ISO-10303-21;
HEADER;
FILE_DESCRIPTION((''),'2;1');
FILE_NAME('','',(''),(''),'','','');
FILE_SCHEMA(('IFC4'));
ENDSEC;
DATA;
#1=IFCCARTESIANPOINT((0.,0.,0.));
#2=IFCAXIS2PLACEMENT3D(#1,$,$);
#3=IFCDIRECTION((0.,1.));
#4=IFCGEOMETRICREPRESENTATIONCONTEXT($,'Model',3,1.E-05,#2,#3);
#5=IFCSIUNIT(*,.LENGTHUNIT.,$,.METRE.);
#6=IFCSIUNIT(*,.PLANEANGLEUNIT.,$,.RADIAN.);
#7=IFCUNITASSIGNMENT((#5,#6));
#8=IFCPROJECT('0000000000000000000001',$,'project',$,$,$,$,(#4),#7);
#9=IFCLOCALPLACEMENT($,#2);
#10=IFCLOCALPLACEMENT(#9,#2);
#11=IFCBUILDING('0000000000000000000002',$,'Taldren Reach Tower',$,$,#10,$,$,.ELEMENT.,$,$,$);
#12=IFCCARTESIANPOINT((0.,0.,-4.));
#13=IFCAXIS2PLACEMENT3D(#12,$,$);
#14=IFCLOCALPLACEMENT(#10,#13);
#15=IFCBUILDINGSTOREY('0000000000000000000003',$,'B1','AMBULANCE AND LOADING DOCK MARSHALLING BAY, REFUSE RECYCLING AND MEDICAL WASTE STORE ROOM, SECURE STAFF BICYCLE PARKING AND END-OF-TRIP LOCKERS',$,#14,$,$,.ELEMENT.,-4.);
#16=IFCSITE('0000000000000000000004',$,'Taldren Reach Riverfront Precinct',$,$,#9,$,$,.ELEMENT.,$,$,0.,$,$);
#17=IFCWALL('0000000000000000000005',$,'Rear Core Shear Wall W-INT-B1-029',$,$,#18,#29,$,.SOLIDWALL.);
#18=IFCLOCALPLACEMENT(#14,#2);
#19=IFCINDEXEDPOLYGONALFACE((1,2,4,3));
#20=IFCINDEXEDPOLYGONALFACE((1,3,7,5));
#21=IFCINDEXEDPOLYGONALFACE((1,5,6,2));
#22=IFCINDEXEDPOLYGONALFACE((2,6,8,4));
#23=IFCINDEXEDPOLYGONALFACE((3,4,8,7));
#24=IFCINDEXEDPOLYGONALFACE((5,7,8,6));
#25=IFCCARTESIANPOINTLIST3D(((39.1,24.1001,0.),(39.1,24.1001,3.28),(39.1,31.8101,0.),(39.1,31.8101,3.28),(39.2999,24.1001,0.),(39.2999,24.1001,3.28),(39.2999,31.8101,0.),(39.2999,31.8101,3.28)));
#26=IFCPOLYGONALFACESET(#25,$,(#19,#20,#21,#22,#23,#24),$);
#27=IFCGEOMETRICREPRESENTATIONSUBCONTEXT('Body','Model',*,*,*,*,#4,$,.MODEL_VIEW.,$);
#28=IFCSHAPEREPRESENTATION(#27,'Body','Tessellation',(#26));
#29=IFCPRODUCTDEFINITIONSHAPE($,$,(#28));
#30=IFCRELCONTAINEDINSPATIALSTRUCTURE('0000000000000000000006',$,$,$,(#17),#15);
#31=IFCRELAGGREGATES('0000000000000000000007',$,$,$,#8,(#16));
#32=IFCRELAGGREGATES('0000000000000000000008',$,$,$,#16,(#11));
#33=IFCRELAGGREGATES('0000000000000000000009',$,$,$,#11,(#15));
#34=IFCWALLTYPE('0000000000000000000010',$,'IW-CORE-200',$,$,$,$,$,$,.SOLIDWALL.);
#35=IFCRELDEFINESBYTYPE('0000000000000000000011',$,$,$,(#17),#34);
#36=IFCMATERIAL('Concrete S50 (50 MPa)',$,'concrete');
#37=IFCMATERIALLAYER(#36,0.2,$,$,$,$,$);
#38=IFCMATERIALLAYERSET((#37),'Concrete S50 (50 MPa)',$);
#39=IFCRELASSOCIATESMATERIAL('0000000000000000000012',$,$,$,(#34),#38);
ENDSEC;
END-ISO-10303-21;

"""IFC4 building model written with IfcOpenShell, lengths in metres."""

from ifc_helpers import new_model, si_unit, direction, frame, frame_2d, origin, place, context, subcontext, project, spatial, rectangle, extrude, source, transform, mapped, material, layer, layer_set, type_object, element, save


model = new_model("IFC4")

# Units and contexts
model_context = context("Model", 3, precision=1e-05, world=origin(), true_north=direction((0.0, 1.0)))
body_context = subcontext(model_context, "Body", "Model", "MODEL_VIEW")
ifc_project = project(units=[si_unit("LENGTHUNIT", "METRE"), si_unit("PLANEANGLEUNIT", "RADIAN")], contexts=[model_context])

# Site, building, storey
site_placement = place(None, origin())
site = spatial("IfcSite", under=ifc_project, at=site_placement, Name="Taldren Reach Riverfront Precinct", CompositionType="ELEMENT", RefElevation=0.0)
building_placement = place(site_placement, origin())
building = spatial("IfcBuilding", under=site, at=building_placement, Name="Taldren Reach Tower", CompositionType="ELEMENT")
storey_placement = place(building_placement, frame((0.0, 0.0, -4.0)))
storey = spatial("IfcBuildingStorey", under=building, at=storey_placement, Name="B1", Description="AMBULANCE AND LOADING DOCK MARSHALLING BAY, REFUSE RECYCLING AND MEDICAL WASTE STORE ROOM, SECURE STAFF BICYCLE PARKING AND END-OF-TRIP LOCKERS", CompositionType="ELEMENT", Elevation=-4.0)

# Shared definitions
ifc_material_1 = material(Name="Concrete S50 (50 MPa)", Category="concrete")
ifc_layer_1 = layer(ifc_material_1, 0.2)
ifc_layer_set_1 = layer_set([ifc_layer_1], Name="Concrete S50 (50 MPa)")
wall_type_1 = type_object("IfcWallType", Name="IW-CORE-200", PredefinedType="SOLIDWALL", material=ifc_layer_set_1)

# Wall
shared_shape_1 = source(origin(), body_context, "Body", "SweptSolid", [
    extrude(rectangle(XDim=7.71, YDim=0.2, at=frame_2d((3.855, 0.0))), origin(), (0.0, 0.0, 1.0), 3.28),
])
wall_1_placement = place(storey_placement, frame((39.2, 31.8101, 0.0), z_axis=(0.0, 0.0, 1.0), x_axis=(0.0, -1.0, 0.0)))
element("IfcWall", 1, at=wall_1_placement, inside=storey, type_object=wall_type_1, Name="Rear Core Shear Wall W-INT-B1-029", PredefinedType="SOLIDWALL", context=body_context, shape_type="MappedRepresentation", body=[
    mapped(shared_shape_1, transform((0.0, 0.0, 0.0), scale=1.0)),
])

save(model, "model.ifc")
